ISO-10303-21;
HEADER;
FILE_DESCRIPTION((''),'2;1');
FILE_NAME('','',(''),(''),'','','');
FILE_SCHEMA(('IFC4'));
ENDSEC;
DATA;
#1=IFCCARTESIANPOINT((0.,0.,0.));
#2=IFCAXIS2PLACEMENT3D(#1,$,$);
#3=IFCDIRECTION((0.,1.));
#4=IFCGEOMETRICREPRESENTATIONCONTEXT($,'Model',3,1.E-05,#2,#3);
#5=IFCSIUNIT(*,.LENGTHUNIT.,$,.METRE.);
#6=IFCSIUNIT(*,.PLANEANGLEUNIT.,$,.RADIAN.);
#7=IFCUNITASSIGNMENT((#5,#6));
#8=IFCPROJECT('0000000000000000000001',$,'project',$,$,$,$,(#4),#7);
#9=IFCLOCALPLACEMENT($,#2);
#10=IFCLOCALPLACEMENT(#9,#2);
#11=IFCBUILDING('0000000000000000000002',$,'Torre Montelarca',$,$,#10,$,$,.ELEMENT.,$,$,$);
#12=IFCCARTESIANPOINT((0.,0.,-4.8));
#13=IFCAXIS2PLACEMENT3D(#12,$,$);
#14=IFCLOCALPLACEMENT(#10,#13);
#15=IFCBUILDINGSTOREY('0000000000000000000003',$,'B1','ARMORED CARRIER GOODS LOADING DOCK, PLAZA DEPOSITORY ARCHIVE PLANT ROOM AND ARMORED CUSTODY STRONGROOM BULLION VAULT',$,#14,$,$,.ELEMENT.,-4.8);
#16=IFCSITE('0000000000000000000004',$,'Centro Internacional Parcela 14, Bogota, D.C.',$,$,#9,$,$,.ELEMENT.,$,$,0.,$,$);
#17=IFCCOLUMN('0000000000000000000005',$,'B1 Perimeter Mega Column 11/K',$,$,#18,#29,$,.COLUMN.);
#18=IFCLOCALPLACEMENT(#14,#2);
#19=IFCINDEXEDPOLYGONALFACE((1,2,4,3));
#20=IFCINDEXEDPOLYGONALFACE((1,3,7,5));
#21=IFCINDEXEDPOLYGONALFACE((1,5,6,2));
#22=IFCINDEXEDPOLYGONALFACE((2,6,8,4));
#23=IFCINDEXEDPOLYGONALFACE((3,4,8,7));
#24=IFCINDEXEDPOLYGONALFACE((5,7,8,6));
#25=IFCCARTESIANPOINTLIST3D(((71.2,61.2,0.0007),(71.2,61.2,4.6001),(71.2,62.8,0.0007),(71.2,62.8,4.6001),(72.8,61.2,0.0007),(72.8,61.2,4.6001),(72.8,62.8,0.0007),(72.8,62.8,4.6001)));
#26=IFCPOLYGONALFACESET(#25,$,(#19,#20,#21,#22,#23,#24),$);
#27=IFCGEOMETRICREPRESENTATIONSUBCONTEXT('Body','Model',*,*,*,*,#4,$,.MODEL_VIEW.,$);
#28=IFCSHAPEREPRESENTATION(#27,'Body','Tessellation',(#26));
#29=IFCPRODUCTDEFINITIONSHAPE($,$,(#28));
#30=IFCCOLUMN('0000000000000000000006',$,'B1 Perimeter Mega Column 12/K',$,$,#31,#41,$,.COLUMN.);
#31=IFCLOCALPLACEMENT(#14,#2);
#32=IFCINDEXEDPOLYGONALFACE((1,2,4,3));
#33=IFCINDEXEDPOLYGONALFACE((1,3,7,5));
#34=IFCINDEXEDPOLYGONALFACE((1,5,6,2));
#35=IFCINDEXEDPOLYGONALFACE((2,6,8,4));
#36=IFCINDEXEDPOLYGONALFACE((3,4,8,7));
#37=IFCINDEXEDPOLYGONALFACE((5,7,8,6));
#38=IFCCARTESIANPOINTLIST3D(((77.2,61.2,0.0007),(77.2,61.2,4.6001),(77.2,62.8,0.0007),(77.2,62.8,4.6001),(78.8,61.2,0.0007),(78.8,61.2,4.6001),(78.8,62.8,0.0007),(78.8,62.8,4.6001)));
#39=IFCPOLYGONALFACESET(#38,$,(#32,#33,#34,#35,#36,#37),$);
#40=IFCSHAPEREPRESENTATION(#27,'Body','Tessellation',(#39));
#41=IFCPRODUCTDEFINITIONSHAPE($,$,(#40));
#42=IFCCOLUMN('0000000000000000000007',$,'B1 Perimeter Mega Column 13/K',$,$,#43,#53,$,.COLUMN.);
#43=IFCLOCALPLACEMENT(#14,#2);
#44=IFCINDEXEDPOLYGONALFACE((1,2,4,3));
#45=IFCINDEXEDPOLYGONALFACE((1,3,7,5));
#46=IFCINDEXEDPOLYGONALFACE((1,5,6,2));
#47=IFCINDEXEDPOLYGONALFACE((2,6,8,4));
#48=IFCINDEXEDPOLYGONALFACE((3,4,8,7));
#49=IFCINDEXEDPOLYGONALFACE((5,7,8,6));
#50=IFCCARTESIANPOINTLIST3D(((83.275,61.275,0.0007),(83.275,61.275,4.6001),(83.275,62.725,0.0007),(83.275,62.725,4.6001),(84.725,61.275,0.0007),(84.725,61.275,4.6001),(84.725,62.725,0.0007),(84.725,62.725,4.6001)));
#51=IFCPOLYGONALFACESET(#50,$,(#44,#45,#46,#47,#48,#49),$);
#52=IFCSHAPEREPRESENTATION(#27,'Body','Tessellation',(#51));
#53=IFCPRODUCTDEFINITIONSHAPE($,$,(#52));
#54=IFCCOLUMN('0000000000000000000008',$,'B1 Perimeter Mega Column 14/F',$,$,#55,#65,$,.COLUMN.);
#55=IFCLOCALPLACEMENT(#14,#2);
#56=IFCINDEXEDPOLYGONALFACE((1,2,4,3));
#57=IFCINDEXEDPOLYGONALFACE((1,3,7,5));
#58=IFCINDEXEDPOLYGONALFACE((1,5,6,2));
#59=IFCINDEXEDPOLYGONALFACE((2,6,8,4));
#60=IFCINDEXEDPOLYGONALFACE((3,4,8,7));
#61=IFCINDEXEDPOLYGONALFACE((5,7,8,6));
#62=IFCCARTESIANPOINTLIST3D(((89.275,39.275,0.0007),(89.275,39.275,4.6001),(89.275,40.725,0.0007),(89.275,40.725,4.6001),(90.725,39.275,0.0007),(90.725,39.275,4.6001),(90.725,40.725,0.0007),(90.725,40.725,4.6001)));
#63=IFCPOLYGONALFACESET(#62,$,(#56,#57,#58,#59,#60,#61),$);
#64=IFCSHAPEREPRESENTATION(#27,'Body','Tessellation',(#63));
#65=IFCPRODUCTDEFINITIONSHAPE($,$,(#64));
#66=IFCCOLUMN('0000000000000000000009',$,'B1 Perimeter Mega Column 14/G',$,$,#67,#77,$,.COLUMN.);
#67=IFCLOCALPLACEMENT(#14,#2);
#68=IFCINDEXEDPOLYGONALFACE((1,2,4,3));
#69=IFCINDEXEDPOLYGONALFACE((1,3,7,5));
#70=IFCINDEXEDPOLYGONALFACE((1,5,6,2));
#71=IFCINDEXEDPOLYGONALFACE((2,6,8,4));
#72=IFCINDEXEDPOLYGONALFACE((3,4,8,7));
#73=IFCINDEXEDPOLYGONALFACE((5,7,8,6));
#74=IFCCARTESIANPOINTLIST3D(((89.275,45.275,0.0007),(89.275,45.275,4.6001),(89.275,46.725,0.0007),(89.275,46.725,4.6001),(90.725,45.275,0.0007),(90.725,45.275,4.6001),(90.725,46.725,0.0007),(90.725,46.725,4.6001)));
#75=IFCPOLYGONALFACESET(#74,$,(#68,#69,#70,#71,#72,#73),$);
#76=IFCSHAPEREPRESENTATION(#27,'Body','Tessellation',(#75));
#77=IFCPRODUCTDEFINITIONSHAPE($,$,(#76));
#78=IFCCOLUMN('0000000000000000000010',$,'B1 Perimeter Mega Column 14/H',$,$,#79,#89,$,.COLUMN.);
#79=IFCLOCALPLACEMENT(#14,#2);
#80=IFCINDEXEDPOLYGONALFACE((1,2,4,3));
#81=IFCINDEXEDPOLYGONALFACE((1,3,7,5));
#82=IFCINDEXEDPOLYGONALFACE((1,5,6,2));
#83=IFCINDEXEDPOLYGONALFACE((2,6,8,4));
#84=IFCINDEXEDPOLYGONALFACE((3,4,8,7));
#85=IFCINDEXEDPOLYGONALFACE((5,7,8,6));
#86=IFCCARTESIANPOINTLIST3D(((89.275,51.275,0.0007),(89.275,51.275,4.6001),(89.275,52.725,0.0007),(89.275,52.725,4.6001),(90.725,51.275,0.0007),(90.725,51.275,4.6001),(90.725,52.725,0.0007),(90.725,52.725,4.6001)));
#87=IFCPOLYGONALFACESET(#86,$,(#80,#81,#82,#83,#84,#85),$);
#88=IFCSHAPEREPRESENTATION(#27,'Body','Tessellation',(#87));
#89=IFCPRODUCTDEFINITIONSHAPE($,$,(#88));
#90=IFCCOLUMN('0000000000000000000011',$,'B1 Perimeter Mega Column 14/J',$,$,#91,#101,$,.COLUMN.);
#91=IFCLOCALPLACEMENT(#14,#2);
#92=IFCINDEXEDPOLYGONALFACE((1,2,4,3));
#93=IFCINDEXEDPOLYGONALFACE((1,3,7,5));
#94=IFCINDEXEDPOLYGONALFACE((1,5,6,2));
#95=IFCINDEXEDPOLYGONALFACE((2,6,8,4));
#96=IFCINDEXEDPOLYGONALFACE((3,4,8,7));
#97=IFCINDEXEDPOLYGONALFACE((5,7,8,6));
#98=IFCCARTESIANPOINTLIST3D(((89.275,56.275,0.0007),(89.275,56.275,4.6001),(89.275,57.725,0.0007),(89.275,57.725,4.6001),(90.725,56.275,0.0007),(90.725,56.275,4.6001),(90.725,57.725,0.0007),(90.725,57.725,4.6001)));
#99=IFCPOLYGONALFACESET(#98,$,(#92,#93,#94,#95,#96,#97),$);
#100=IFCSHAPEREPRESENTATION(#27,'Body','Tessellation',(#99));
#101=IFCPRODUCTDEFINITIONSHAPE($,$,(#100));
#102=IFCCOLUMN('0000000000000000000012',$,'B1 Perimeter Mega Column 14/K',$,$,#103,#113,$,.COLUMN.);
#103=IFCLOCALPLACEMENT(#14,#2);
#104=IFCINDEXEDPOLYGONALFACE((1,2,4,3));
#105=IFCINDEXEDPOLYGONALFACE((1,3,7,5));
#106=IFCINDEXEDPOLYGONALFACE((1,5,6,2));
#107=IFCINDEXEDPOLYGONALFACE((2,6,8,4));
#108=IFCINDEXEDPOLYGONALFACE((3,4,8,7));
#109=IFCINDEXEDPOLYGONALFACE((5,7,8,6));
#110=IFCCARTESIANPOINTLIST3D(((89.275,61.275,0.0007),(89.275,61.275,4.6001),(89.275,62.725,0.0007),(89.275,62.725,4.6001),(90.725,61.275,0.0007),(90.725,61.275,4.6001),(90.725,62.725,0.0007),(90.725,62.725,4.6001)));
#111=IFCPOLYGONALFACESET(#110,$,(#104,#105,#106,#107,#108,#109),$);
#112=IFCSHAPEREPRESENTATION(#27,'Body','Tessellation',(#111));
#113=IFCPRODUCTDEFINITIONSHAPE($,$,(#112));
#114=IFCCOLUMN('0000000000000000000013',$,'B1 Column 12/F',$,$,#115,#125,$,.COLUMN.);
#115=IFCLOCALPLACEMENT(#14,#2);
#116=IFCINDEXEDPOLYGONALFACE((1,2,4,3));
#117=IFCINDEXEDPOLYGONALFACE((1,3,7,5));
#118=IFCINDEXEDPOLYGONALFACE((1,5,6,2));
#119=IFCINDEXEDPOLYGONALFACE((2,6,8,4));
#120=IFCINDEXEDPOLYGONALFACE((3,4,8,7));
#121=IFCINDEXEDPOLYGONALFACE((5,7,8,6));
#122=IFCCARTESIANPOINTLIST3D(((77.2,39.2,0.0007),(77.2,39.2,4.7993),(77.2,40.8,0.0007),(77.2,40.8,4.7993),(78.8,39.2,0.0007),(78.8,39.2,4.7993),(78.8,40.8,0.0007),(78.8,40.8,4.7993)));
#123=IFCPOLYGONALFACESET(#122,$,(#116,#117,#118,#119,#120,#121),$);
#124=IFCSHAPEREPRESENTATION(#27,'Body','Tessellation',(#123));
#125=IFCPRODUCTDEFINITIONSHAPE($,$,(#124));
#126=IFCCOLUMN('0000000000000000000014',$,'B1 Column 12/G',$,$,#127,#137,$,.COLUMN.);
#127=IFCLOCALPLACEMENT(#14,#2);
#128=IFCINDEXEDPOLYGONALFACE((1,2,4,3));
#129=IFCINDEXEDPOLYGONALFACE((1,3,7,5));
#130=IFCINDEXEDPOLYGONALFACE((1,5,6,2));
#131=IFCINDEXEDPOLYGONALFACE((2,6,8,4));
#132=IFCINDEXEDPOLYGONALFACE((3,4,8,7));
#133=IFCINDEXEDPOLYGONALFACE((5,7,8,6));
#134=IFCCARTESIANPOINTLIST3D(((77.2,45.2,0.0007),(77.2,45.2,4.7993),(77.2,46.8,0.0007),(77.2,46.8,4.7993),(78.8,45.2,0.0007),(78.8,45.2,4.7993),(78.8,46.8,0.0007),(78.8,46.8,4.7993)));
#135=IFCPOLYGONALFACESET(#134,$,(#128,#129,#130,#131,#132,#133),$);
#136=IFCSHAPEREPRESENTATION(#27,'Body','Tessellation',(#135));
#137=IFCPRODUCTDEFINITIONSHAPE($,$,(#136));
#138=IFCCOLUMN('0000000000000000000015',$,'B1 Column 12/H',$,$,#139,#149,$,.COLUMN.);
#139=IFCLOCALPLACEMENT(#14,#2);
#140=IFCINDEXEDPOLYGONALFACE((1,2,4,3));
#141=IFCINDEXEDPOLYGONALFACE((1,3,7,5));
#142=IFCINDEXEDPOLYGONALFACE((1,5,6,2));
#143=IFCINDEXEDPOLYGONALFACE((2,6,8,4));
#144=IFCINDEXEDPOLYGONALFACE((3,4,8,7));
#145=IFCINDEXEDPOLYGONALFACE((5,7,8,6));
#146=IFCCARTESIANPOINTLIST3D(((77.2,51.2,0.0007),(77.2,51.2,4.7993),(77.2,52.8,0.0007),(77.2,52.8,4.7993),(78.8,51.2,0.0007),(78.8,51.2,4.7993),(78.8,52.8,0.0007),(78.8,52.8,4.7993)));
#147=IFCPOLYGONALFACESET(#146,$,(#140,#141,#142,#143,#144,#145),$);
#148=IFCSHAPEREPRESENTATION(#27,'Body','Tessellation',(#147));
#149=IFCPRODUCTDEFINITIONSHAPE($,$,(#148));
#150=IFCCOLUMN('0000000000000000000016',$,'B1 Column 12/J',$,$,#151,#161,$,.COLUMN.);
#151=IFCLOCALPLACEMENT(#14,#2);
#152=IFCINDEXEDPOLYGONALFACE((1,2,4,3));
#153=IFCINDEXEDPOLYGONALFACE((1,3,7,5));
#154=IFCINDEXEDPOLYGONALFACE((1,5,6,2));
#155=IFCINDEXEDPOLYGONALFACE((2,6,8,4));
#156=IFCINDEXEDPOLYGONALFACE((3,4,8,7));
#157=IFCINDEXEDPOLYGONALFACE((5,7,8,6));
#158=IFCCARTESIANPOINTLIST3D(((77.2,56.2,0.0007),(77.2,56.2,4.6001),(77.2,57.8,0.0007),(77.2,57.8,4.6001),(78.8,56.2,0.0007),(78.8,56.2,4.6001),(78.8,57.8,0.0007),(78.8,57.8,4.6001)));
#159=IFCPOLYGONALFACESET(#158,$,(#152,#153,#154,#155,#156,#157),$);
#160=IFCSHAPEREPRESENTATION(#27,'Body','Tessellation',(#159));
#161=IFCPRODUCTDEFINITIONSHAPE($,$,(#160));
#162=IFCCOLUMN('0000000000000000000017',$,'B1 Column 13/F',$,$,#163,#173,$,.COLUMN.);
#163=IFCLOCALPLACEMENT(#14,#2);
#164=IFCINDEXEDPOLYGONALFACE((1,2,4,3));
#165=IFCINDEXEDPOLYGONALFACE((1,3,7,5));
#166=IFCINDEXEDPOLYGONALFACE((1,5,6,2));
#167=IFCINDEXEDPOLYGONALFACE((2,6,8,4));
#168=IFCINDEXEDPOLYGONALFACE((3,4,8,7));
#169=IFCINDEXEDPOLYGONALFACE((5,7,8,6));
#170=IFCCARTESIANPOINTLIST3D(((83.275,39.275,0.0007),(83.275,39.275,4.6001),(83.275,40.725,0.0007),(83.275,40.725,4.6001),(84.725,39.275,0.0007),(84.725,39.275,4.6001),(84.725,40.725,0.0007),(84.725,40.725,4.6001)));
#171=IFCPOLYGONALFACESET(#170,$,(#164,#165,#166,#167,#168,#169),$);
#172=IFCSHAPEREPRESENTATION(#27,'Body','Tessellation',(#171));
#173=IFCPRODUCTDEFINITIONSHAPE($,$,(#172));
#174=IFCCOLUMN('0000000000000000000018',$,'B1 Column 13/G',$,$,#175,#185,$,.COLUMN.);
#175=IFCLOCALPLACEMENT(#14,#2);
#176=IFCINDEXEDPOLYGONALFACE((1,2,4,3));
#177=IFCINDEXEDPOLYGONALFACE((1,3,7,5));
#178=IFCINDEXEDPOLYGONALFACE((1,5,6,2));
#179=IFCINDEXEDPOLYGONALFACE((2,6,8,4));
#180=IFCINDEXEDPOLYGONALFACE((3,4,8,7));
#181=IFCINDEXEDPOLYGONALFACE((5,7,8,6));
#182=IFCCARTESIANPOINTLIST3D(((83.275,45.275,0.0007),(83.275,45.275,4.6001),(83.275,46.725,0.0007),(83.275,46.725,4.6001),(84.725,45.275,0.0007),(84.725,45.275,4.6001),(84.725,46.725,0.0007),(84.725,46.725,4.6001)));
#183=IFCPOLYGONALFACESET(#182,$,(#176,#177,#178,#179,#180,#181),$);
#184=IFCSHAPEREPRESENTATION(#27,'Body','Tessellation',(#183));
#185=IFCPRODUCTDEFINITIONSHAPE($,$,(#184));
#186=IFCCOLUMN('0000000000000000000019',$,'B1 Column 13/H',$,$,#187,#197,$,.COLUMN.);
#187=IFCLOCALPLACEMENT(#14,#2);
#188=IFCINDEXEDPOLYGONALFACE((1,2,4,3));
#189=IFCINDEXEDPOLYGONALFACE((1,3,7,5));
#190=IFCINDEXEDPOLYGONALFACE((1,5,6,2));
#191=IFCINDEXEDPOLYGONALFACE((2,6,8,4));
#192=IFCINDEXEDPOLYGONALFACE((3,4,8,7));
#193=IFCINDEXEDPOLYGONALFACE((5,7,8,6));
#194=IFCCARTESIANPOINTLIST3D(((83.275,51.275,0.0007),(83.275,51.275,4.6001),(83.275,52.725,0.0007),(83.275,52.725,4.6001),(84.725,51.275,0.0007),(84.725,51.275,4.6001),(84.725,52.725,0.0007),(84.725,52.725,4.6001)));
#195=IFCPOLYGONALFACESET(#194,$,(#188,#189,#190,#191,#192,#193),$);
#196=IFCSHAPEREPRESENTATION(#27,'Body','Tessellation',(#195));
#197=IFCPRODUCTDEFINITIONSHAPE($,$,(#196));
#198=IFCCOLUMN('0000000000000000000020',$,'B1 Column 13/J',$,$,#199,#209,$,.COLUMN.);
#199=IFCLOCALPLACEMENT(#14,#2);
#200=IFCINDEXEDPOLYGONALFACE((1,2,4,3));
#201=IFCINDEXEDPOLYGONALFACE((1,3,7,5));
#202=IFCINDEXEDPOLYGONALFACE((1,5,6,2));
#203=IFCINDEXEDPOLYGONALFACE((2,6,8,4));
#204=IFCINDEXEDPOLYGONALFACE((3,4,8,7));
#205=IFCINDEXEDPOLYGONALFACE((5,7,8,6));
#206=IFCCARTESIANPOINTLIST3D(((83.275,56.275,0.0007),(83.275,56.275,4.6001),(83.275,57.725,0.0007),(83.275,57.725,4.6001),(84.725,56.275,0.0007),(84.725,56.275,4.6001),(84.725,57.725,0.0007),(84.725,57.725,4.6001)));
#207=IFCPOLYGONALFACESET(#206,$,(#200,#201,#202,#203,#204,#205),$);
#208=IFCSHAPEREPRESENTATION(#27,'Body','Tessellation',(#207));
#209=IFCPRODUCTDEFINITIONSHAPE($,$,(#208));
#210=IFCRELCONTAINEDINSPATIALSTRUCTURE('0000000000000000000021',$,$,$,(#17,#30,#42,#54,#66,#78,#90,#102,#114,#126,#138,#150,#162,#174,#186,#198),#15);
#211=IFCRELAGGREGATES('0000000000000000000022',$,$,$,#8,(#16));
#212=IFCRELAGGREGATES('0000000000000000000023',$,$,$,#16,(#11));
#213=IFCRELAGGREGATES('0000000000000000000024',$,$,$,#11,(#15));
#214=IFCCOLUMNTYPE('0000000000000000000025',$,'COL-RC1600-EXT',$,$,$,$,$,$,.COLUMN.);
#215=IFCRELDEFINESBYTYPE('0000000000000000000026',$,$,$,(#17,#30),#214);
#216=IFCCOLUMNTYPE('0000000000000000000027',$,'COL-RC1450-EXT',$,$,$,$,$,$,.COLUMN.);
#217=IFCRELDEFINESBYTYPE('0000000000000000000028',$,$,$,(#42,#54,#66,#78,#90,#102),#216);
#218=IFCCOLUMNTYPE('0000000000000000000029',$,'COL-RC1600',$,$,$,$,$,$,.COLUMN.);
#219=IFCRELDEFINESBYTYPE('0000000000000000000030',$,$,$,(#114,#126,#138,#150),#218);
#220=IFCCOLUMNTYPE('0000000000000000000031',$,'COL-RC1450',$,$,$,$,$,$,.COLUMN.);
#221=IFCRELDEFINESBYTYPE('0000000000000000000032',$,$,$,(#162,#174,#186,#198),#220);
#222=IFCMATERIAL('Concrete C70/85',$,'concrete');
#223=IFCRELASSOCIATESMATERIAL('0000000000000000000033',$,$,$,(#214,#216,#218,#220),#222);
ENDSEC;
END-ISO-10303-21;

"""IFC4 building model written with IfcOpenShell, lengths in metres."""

from ifc_helpers import new_model, si_unit, direction, frame, origin, origin_2d, place, context, subcontext, project, spatial, rectangle, extrude, source, transform, mapped, material, material_profile, profile_set, type_object, element, save


model = new_model("IFC4")

# Units and contexts
model_context = context("Model", 3, precision=1e-05, world=origin(), true_north=direction((0.0, 1.0)))
body_context = subcontext(model_context, "Body", "Model", "MODEL_VIEW")
ifc_project = project(units=[si_unit("LENGTHUNIT", "METRE"), si_unit("PLANEANGLEUNIT", "RADIAN")], contexts=[model_context])

# Site, building, storey
site_placement = place(None, origin())
site = spatial("IfcSite", under=ifc_project, at=site_placement, Name="Centro Internacional Parcela 14, Bogota, D.C.", CompositionType="ELEMENT", RefElevation=0.0)
building_placement = place(site_placement, origin())
building = spatial("IfcBuilding", under=site, at=building_placement, Name="Torre Montelarca", CompositionType="ELEMENT")
storey_placement = place(building_placement, frame((0.0, 0.0, -4.8)))
storey = spatial("IfcBuildingStorey", under=building, at=storey_placement, Name="B1", Description="ARMORED CARRIER GOODS LOADING DOCK, PLAZA DEPOSITORY ARCHIVE PLANT ROOM AND ARMORED CUSTODY STRONGROOM BULLION VAULT", CompositionType="ELEMENT", Elevation=-4.8)

# Columns
ifc_material_1 = material(Name="Concrete C70/85", Category="concrete")
ifc_material_profile_1 = material_profile(ifc_material_1, rectangle(XDim=1.6001, YDim=1.6001, at=origin_2d()), Name="RC1600X1600", Category="concrete")
ifc_profile_set_1 = profile_set([ifc_material_profile_1], Name="Concrete C70/85")
column_type_1 = type_object("IfcColumnType", Name="COL-RC1600-EXT", PredefinedType="COLUMN", material=ifc_profile_set_1)
shared_shape_1 = source(origin(), body_context, "Body", "SweptSolid", [
    extrude(rectangle(XDim=1.6001, YDim=1.6001, at=origin_2d()), origin(), (0.0, 0.0, 1.0), 4.5994),
])
for number, where, z_axis, x_axis, name in (
    (1, (72.0, 62.0, 0.0007), (0.0, 0.0, 1.0), (1.0, 0.0, 0.0), "B1 Perimeter Mega Column 11/K"),
    (2, (78.0, 62.0, 0.0007), (0.0, 0.0, 1.0), (1.0, 0.0, 0.0), "B1 Perimeter Mega Column 12/K"),
):
    element("IfcColumn", number, at=place(storey_placement, frame(where, z_axis=z_axis, x_axis=x_axis)), inside=storey, type_object=column_type_1, Name=name, PredefinedType="COLUMN", context=body_context, shape_type="MappedRepresentation", body=[
        mapped(shared_shape_1, transform((0.0, 0.0, 0.0), scale=1.0)),
    ])
ifc_material_profile_2 = material_profile(ifc_material_1, rectangle(XDim=1.45, YDim=1.45, at=origin_2d()), Name="RC1450X1450", Category="concrete")
ifc_profile_set_2 = profile_set([ifc_material_profile_2], Name="Concrete C70/85")
column_type_2 = type_object("IfcColumnType", Name="COL-RC1450-EXT", PredefinedType="COLUMN", material=ifc_profile_set_2)
shared_shape_2 = source(origin(), body_context, "Body", "SweptSolid", [
    extrude(rectangle(XDim=1.45, YDim=1.45, at=origin_2d()), origin(), (0.0, 0.0, 1.0), 4.5994),
])
for number, where, z_axis, x_axis, name in (
    (3, (84.0, 62.0, 0.0007), (0.0, 0.0, 1.0), (1.0, 0.0, 0.0), "B1 Perimeter Mega Column 13/K"),
    (4, (90.0, 40.0, 0.0007), (0.0, 0.0, 1.0), (1.0, 0.0, 0.0), "B1 Perimeter Mega Column 14/F"),
    (5, (90.0, 46.0, 0.0007), (0.0, 0.0, 1.0), (1.0, 0.0, 0.0), "B1 Perimeter Mega Column 14/G"),
    (6, (90.0, 52.0, 0.0007), (0.0, 0.0, 1.0), (1.0, 0.0, 0.0), "B1 Perimeter Mega Column 14/H"),
    (7, (90.0, 57.0, 0.0007), (0.0, 0.0, 1.0), (1.0, 0.0, 0.0), "B1 Perimeter Mega Column 14/J"),
    (8, (90.0, 62.0, 0.0007), (0.0, 0.0, 1.0), (1.0, 0.0, 0.0), "B1 Perimeter Mega Column 14/K"),
):
    element("IfcColumn", number, at=place(storey_placement, frame(where, z_axis=z_axis, x_axis=x_axis)), inside=storey, type_object=column_type_2, Name=name, PredefinedType="COLUMN", context=body_context, shape_type="MappedRepresentation", body=[
        mapped(shared_shape_2, transform((0.0, 0.0, 0.0), scale=1.0)),
    ])
ifc_material_profile_3 = material_profile(ifc_material_1, rectangle(XDim=1.6001, YDim=1.6001, at=origin_2d()), Name="RC1600X1600", Category="concrete")
ifc_profile_set_3 = profile_set([ifc_material_profile_3], Name="Concrete C70/85")
column_type_3 = type_object("IfcColumnType", Name="COL-RC1600", PredefinedType="COLUMN", material=ifc_profile_set_3)
shared_shape_3 = source(origin(), body_context, "Body", "SweptSolid", [
    extrude(rectangle(XDim=1.6001, YDim=1.6001, at=origin_2d()), origin(), (0.0, 0.0, 1.0), 4.7986),
])
for number, where, z_axis, x_axis, name in (
    (9, (78.0, 40.0, 0.0007), (0.0, 0.0, 1.0), (1.0, 0.0, 0.0), "B1 Column 12/F"),
    (10, (78.0, 46.0, 0.0007), (0.0, 0.0, 1.0), (1.0, 0.0, 0.0), "B1 Column 12/G"),
    (11, (78.0, 52.0, 0.0007), (0.0, 0.0, 1.0), (1.0, 0.0, 0.0), "B1 Column 12/H"),
):
    element("IfcColumn", number, at=place(storey_placement, frame(where, z_axis=z_axis, x_axis=x_axis)), inside=storey, type_object=column_type_3, Name=name, PredefinedType="COLUMN", context=body_context, shape_type="MappedRepresentation", body=[
        mapped(shared_shape_3, transform((0.0, 0.0, 0.0), scale=1.0)),
    ])
shared_shape_4 = source(origin(), body_context, "Body", "SweptSolid", [
    extrude(rectangle(XDim=1.6001, YDim=1.6001, at=origin_2d()), origin(), (0.0, 0.0, 1.0), 4.5994),
])
column_placement = place(storey_placement, frame((78.0, 57.0, 0.0007), z_axis=(0.0, 0.0, 1.0), x_axis=(1.0, 0.0, 0.0)))
element("IfcColumn", 12, at=column_placement, inside=storey, type_object=column_type_3, Name="B1 Column 12/J", PredefinedType="COLUMN", context=body_context, shape_type="MappedRepresentation", body=[
    mapped(shared_shape_4, transform((0.0, 0.0, 0.0), scale=1.0)),
])
ifc_material_profile_4 = material_profile(ifc_material_1, rectangle(XDim=1.45, YDim=1.45, at=origin_2d()), Name="RC1450X1450", Category="concrete")
ifc_profile_set_4 = profile_set([ifc_material_profile_4], Name="Concrete C70/85")
column_type_4 = type_object("IfcColumnType", Name="COL-RC1450", PredefinedType="COLUMN", material=ifc_profile_set_4)
shared_shape_5 = source(origin(), body_context, "Body", "SweptSolid", [
    extrude(rectangle(XDim=1.45, YDim=1.45, at=origin_2d()), origin(), (0.0, 0.0, 1.0), 4.5994),
])
for number, where, z_axis, x_axis, name in (
    (13, (84.0, 40.0, 0.0007), (0.0, 0.0, 1.0), (1.0, 0.0, 0.0), "B1 Column 13/F"),
    (14, (84.0, 46.0, 0.0007), (0.0, 0.0, 1.0), (1.0, 0.0, 0.0), "B1 Column 13/G"),
    (15, (84.0, 52.0, 0.0007), (0.0, 0.0, 1.0), (1.0, 0.0, 0.0), "B1 Column 13/H"),
    (16, (84.0, 57.0, 0.0007), (0.0, 0.0, 1.0), (1.0, 0.0, 0.0), "B1 Column 13/J"),
):
    element("IfcColumn", number, at=place(storey_placement, frame(where, z_axis=z_axis, x_axis=x_axis)), inside=storey, type_object=column_type_4, Name=name, PredefinedType="COLUMN", context=body_context, shape_type="MappedRepresentation", body=[
        mapped(shared_shape_5, transform((0.0, 0.0, 0.0), scale=1.0)),
    ])

save(model, "model.ifc")
